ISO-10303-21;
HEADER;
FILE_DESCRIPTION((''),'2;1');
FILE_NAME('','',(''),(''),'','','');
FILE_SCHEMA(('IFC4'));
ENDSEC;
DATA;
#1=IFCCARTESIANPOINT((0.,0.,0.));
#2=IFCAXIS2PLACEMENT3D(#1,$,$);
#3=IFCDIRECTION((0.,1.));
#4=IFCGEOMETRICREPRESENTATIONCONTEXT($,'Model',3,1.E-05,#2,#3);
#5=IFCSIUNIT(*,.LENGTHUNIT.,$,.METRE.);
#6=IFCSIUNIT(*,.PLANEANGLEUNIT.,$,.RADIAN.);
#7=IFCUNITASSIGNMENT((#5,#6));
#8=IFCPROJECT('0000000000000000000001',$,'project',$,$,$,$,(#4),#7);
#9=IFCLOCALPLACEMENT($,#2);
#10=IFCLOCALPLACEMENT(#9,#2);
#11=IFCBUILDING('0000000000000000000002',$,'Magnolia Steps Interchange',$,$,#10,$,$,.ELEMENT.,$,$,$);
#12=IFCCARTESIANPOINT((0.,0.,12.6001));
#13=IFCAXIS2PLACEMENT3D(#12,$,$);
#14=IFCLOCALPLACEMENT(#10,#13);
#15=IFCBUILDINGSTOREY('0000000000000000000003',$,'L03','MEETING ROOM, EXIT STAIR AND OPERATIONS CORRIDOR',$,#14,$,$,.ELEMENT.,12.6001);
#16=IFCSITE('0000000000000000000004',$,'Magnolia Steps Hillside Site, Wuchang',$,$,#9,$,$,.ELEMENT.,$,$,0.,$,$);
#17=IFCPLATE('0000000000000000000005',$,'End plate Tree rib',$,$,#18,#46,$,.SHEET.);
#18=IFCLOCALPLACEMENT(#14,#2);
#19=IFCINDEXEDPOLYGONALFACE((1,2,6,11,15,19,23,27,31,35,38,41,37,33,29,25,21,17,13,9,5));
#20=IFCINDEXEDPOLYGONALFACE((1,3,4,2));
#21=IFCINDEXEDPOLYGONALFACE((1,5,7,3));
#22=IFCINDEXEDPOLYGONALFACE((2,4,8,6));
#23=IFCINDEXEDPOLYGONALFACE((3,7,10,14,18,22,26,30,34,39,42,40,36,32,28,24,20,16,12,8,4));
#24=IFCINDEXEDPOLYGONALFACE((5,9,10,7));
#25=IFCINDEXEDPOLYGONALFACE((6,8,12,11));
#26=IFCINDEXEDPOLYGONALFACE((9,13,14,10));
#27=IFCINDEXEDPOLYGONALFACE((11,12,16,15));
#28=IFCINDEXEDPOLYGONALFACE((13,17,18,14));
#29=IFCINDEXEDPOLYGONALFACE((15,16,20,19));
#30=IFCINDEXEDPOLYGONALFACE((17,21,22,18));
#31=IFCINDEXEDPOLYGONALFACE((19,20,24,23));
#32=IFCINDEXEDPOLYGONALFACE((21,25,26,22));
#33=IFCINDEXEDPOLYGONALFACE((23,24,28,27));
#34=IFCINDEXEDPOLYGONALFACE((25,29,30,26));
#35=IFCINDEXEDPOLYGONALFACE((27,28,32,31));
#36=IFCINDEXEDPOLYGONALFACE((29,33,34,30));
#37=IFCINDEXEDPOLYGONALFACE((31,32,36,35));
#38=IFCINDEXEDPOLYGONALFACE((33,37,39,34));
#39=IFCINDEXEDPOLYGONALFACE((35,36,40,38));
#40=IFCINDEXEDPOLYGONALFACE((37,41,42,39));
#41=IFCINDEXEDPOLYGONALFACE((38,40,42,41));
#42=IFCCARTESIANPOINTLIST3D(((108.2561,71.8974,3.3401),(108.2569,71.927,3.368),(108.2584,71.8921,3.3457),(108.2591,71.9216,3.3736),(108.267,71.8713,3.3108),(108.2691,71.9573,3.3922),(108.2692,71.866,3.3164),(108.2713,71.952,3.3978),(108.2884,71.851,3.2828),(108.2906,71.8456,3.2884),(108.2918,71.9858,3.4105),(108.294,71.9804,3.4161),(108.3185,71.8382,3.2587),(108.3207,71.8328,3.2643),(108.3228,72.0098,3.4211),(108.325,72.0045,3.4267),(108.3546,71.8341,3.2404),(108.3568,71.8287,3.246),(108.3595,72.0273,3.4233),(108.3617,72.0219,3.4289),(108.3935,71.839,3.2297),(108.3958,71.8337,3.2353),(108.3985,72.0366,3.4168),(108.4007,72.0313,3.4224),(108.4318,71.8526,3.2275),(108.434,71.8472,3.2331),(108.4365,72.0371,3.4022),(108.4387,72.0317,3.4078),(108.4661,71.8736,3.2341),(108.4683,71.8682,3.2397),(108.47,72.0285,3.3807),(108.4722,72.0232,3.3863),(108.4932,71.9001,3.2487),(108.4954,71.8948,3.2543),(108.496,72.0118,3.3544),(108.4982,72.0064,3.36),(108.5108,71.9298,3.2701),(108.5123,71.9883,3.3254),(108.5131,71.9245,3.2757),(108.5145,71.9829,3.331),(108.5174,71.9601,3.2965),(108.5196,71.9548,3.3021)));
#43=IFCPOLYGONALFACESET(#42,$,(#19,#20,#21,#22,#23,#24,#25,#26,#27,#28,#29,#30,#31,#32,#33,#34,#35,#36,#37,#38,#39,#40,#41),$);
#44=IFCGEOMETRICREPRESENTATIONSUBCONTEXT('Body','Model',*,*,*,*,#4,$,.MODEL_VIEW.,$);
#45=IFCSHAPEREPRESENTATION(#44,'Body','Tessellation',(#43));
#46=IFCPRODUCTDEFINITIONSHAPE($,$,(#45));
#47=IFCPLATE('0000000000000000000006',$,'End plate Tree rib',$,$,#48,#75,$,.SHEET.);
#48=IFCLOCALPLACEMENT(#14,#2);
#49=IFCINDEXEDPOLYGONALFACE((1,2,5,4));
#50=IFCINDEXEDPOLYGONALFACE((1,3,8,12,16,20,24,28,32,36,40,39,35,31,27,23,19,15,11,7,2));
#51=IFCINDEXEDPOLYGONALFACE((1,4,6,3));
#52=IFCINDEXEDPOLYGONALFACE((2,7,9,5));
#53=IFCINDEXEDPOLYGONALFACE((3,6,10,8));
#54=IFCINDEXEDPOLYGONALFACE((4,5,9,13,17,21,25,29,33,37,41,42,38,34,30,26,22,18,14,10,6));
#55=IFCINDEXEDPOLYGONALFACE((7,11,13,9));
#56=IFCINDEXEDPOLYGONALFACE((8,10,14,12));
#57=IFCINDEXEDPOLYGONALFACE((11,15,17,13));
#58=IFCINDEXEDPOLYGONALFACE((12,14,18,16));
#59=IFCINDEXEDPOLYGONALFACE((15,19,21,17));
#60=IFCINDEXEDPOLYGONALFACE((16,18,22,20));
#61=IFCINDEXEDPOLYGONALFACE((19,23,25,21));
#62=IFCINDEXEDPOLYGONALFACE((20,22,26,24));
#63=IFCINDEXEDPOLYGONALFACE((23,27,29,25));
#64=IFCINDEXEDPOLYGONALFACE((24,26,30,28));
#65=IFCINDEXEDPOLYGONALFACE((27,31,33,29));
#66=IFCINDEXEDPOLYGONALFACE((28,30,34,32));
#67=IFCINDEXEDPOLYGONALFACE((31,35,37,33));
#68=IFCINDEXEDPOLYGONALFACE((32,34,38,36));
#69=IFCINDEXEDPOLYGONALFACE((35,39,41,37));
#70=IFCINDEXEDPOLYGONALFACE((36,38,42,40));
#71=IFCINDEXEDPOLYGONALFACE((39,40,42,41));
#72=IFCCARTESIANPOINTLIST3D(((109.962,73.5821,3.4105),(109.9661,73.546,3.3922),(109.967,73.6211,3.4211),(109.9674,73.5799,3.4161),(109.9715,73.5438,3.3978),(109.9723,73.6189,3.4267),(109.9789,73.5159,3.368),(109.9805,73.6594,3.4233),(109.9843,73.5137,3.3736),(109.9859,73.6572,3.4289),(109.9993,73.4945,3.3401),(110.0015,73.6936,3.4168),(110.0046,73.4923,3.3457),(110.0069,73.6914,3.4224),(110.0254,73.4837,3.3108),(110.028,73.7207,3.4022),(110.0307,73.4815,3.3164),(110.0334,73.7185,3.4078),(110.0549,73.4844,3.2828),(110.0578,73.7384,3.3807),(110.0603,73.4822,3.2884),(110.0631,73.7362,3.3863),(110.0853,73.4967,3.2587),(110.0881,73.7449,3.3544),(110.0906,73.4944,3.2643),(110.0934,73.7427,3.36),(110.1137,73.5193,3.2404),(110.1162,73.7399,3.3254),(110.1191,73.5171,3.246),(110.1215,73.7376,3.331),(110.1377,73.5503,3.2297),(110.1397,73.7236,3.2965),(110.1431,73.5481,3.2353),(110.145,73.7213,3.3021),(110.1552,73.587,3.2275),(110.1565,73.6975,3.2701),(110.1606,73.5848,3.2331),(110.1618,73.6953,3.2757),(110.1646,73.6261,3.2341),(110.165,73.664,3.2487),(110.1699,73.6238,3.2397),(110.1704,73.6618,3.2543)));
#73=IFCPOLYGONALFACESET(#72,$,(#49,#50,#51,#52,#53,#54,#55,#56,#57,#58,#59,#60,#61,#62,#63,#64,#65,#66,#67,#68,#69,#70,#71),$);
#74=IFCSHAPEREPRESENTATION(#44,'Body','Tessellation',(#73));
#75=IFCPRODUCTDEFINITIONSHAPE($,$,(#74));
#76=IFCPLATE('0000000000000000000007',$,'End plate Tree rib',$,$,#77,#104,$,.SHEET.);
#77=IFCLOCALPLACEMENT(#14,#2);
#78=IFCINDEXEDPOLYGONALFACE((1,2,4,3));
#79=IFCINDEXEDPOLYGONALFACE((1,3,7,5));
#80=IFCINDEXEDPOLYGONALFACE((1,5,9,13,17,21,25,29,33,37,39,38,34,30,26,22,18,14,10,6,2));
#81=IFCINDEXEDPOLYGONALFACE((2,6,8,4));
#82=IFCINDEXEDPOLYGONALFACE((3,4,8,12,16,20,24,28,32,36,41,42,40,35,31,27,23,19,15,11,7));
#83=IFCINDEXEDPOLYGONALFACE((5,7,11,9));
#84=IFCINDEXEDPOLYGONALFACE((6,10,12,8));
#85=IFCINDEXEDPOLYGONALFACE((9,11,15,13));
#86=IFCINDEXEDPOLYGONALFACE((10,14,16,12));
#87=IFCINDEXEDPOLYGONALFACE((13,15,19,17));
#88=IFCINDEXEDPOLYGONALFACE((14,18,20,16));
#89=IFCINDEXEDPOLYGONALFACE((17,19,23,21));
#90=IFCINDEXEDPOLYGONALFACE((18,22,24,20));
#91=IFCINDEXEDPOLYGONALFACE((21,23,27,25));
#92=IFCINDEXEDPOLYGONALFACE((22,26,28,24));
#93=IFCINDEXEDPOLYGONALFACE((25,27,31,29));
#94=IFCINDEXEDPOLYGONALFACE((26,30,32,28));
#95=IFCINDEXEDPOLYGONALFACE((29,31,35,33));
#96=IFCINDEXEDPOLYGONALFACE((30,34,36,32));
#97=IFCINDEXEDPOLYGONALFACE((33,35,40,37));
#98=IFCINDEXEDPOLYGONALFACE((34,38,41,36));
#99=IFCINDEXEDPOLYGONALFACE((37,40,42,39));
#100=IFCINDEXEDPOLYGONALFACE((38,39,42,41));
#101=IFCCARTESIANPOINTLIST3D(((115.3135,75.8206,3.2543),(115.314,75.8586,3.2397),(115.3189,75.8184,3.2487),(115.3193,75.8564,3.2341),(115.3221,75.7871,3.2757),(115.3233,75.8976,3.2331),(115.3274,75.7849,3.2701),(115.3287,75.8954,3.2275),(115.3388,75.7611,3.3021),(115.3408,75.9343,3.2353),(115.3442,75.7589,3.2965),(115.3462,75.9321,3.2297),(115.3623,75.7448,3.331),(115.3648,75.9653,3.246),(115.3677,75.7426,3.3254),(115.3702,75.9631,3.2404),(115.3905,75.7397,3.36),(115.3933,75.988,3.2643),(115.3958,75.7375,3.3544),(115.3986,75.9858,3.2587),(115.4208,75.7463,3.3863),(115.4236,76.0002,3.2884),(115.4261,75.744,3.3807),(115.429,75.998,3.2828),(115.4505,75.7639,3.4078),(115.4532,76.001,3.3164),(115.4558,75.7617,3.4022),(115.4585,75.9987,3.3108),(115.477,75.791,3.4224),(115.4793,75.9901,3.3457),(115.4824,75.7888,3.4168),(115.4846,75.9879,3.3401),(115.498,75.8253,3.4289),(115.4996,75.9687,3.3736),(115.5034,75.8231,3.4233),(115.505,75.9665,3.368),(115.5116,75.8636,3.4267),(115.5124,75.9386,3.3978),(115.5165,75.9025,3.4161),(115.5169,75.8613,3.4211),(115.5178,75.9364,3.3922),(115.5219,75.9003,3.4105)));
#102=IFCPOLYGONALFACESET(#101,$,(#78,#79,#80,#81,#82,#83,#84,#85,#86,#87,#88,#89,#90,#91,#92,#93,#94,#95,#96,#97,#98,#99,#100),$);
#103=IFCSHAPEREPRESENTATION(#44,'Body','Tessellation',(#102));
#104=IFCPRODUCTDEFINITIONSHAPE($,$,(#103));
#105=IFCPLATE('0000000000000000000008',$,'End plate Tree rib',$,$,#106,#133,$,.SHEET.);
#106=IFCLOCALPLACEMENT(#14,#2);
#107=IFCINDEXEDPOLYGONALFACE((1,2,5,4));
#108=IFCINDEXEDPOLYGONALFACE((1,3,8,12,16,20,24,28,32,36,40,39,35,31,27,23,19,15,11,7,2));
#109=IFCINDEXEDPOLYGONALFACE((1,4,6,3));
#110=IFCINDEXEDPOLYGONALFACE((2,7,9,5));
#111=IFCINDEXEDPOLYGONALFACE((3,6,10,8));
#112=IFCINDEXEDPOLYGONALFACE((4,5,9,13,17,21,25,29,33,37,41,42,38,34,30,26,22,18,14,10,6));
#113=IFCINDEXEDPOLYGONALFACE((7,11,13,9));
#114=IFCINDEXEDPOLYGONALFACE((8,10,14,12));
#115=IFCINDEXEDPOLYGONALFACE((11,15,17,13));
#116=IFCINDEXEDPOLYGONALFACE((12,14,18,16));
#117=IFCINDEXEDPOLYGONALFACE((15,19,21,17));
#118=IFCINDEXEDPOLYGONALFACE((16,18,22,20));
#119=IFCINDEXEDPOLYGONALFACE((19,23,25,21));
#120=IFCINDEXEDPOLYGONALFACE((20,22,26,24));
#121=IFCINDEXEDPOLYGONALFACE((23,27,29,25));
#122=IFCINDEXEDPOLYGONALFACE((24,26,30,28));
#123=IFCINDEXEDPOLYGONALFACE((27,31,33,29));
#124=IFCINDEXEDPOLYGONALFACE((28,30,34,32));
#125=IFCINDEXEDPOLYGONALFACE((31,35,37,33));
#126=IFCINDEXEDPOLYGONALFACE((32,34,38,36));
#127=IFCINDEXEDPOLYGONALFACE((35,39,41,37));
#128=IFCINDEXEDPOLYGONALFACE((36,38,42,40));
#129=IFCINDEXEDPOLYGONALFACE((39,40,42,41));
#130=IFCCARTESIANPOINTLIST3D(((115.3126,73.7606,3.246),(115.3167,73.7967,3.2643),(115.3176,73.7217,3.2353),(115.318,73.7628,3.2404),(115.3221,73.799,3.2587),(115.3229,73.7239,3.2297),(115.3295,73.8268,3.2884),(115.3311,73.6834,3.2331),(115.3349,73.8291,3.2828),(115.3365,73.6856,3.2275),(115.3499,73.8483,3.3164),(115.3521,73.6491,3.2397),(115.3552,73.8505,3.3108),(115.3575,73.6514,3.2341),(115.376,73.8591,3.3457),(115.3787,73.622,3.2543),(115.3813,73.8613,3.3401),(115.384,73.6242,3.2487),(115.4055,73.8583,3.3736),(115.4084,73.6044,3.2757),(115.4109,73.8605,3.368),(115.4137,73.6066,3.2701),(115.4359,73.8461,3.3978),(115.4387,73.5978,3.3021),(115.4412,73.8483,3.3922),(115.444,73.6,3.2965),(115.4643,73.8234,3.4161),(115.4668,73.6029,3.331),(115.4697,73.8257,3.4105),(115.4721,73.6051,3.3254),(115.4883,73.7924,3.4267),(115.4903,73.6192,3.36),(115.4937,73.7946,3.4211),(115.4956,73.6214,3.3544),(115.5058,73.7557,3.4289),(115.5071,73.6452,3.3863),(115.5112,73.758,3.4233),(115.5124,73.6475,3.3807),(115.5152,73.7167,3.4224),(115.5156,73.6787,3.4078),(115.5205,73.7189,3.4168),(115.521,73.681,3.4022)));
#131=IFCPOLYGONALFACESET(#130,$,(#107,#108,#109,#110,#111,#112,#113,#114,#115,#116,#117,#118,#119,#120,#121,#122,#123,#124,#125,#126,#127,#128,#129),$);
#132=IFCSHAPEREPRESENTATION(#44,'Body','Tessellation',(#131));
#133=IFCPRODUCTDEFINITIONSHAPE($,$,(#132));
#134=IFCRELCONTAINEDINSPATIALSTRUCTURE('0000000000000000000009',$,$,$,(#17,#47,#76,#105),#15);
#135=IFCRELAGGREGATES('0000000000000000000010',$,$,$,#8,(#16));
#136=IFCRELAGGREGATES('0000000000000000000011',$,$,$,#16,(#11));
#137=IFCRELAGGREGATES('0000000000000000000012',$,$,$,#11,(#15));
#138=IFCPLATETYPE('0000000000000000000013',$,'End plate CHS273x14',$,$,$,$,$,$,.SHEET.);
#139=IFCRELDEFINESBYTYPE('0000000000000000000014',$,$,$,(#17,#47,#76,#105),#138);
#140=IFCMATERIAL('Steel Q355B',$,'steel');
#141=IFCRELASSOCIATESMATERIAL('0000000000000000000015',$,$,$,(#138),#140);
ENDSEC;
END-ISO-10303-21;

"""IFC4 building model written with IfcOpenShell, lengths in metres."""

from ifc_helpers import new_model, si_unit, direction, frame, origin, origin_2d, place, context, subcontext, project, spatial, circle, extrude, material, material_profile, profile_set, type_object, element, save


model = new_model("IFC4")

# Units and contexts
model_context = context("Model", 3, precision=1e-05, world=origin(), true_north=direction((0.0, 1.0)))
body_context = subcontext(model_context, "Body", "Model", "MODEL_VIEW")
ifc_project = project(units=[si_unit("LENGTHUNIT", "METRE"), si_unit("PLANEANGLEUNIT", "RADIAN")], contexts=[model_context])

# Site, building, storey
site_placement = place(None, origin())
site = spatial("IfcSite", under=ifc_project, at=site_placement, Name="Magnolia Steps Hillside Site, Wuchang", CompositionType="ELEMENT", RefElevation=0.0)
building_placement = place(site_placement, origin())
building = spatial("IfcBuilding", under=site, at=building_placement, Name="Magnolia Steps Interchange", CompositionType="ELEMENT")
storey_placement = place(building_placement, frame((0.0, 0.0, 12.6001)))
storey = spatial("IfcBuildingStorey", under=building, at=storey_placement, Name="L03", Description="MEETING ROOM, EXIT STAIR AND OPERATIONS CORRIDOR", CompositionType="ELEMENT", Elevation=12.6001)

# Plates
ifc_material_1 = material(Name="Steel Q355B", Category="steel")
ifc_material_profile_1 = material_profile(ifc_material_1, circle(Radius=0.1365, at=origin_2d()), Name="End plate CHS273x14")
ifc_profile_set_1 = profile_set([ifc_material_profile_1], Name="Steel Q355B")
plate_type_1 = type_object("IfcPlateType", Name="End plate CHS273x14", PredefinedType="SHEET", material=ifc_profile_set_1)
for number, where, z_axis, x_axis, name in (
    (1, (108.3862, 71.936, 3.3254), (0.275279, -0.664583, 0.694658), (0.92388, 0.382683, 0.0), "End plate Tree rib"),
    (2, (110.064, 73.6138, 3.3254), (0.664583, -0.275279, 0.694658), (0.382683, 0.92388, 0.0), "End plate Tree rib"),
    (3, (115.4199, 75.8687, 3.3254), (-0.664583, 0.275279, 0.694658), (-0.382683, -0.92388, 0.0), "End plate Tree rib"),
    (4, (115.4199, 73.7312, 3.3254), (-0.664583, -0.275279, 0.694658), (0.382683, -0.92388, 0.0), "End plate Tree rib"),
):
    element("IfcPlate", number, at=place(storey_placement, frame(where, z_axis=z_axis, x_axis=x_axis)), inside=storey, type_object=plate_type_1, Name=name, PredefinedType="SHEET", context=body_context, shape_type="SweptSolid", body=[
        extrude(circle(Radius=0.1365, at=origin_2d()), origin(), (0.0, 0.0, 1.0), 0.0081),
    ])

save(model, "model.ifc")
